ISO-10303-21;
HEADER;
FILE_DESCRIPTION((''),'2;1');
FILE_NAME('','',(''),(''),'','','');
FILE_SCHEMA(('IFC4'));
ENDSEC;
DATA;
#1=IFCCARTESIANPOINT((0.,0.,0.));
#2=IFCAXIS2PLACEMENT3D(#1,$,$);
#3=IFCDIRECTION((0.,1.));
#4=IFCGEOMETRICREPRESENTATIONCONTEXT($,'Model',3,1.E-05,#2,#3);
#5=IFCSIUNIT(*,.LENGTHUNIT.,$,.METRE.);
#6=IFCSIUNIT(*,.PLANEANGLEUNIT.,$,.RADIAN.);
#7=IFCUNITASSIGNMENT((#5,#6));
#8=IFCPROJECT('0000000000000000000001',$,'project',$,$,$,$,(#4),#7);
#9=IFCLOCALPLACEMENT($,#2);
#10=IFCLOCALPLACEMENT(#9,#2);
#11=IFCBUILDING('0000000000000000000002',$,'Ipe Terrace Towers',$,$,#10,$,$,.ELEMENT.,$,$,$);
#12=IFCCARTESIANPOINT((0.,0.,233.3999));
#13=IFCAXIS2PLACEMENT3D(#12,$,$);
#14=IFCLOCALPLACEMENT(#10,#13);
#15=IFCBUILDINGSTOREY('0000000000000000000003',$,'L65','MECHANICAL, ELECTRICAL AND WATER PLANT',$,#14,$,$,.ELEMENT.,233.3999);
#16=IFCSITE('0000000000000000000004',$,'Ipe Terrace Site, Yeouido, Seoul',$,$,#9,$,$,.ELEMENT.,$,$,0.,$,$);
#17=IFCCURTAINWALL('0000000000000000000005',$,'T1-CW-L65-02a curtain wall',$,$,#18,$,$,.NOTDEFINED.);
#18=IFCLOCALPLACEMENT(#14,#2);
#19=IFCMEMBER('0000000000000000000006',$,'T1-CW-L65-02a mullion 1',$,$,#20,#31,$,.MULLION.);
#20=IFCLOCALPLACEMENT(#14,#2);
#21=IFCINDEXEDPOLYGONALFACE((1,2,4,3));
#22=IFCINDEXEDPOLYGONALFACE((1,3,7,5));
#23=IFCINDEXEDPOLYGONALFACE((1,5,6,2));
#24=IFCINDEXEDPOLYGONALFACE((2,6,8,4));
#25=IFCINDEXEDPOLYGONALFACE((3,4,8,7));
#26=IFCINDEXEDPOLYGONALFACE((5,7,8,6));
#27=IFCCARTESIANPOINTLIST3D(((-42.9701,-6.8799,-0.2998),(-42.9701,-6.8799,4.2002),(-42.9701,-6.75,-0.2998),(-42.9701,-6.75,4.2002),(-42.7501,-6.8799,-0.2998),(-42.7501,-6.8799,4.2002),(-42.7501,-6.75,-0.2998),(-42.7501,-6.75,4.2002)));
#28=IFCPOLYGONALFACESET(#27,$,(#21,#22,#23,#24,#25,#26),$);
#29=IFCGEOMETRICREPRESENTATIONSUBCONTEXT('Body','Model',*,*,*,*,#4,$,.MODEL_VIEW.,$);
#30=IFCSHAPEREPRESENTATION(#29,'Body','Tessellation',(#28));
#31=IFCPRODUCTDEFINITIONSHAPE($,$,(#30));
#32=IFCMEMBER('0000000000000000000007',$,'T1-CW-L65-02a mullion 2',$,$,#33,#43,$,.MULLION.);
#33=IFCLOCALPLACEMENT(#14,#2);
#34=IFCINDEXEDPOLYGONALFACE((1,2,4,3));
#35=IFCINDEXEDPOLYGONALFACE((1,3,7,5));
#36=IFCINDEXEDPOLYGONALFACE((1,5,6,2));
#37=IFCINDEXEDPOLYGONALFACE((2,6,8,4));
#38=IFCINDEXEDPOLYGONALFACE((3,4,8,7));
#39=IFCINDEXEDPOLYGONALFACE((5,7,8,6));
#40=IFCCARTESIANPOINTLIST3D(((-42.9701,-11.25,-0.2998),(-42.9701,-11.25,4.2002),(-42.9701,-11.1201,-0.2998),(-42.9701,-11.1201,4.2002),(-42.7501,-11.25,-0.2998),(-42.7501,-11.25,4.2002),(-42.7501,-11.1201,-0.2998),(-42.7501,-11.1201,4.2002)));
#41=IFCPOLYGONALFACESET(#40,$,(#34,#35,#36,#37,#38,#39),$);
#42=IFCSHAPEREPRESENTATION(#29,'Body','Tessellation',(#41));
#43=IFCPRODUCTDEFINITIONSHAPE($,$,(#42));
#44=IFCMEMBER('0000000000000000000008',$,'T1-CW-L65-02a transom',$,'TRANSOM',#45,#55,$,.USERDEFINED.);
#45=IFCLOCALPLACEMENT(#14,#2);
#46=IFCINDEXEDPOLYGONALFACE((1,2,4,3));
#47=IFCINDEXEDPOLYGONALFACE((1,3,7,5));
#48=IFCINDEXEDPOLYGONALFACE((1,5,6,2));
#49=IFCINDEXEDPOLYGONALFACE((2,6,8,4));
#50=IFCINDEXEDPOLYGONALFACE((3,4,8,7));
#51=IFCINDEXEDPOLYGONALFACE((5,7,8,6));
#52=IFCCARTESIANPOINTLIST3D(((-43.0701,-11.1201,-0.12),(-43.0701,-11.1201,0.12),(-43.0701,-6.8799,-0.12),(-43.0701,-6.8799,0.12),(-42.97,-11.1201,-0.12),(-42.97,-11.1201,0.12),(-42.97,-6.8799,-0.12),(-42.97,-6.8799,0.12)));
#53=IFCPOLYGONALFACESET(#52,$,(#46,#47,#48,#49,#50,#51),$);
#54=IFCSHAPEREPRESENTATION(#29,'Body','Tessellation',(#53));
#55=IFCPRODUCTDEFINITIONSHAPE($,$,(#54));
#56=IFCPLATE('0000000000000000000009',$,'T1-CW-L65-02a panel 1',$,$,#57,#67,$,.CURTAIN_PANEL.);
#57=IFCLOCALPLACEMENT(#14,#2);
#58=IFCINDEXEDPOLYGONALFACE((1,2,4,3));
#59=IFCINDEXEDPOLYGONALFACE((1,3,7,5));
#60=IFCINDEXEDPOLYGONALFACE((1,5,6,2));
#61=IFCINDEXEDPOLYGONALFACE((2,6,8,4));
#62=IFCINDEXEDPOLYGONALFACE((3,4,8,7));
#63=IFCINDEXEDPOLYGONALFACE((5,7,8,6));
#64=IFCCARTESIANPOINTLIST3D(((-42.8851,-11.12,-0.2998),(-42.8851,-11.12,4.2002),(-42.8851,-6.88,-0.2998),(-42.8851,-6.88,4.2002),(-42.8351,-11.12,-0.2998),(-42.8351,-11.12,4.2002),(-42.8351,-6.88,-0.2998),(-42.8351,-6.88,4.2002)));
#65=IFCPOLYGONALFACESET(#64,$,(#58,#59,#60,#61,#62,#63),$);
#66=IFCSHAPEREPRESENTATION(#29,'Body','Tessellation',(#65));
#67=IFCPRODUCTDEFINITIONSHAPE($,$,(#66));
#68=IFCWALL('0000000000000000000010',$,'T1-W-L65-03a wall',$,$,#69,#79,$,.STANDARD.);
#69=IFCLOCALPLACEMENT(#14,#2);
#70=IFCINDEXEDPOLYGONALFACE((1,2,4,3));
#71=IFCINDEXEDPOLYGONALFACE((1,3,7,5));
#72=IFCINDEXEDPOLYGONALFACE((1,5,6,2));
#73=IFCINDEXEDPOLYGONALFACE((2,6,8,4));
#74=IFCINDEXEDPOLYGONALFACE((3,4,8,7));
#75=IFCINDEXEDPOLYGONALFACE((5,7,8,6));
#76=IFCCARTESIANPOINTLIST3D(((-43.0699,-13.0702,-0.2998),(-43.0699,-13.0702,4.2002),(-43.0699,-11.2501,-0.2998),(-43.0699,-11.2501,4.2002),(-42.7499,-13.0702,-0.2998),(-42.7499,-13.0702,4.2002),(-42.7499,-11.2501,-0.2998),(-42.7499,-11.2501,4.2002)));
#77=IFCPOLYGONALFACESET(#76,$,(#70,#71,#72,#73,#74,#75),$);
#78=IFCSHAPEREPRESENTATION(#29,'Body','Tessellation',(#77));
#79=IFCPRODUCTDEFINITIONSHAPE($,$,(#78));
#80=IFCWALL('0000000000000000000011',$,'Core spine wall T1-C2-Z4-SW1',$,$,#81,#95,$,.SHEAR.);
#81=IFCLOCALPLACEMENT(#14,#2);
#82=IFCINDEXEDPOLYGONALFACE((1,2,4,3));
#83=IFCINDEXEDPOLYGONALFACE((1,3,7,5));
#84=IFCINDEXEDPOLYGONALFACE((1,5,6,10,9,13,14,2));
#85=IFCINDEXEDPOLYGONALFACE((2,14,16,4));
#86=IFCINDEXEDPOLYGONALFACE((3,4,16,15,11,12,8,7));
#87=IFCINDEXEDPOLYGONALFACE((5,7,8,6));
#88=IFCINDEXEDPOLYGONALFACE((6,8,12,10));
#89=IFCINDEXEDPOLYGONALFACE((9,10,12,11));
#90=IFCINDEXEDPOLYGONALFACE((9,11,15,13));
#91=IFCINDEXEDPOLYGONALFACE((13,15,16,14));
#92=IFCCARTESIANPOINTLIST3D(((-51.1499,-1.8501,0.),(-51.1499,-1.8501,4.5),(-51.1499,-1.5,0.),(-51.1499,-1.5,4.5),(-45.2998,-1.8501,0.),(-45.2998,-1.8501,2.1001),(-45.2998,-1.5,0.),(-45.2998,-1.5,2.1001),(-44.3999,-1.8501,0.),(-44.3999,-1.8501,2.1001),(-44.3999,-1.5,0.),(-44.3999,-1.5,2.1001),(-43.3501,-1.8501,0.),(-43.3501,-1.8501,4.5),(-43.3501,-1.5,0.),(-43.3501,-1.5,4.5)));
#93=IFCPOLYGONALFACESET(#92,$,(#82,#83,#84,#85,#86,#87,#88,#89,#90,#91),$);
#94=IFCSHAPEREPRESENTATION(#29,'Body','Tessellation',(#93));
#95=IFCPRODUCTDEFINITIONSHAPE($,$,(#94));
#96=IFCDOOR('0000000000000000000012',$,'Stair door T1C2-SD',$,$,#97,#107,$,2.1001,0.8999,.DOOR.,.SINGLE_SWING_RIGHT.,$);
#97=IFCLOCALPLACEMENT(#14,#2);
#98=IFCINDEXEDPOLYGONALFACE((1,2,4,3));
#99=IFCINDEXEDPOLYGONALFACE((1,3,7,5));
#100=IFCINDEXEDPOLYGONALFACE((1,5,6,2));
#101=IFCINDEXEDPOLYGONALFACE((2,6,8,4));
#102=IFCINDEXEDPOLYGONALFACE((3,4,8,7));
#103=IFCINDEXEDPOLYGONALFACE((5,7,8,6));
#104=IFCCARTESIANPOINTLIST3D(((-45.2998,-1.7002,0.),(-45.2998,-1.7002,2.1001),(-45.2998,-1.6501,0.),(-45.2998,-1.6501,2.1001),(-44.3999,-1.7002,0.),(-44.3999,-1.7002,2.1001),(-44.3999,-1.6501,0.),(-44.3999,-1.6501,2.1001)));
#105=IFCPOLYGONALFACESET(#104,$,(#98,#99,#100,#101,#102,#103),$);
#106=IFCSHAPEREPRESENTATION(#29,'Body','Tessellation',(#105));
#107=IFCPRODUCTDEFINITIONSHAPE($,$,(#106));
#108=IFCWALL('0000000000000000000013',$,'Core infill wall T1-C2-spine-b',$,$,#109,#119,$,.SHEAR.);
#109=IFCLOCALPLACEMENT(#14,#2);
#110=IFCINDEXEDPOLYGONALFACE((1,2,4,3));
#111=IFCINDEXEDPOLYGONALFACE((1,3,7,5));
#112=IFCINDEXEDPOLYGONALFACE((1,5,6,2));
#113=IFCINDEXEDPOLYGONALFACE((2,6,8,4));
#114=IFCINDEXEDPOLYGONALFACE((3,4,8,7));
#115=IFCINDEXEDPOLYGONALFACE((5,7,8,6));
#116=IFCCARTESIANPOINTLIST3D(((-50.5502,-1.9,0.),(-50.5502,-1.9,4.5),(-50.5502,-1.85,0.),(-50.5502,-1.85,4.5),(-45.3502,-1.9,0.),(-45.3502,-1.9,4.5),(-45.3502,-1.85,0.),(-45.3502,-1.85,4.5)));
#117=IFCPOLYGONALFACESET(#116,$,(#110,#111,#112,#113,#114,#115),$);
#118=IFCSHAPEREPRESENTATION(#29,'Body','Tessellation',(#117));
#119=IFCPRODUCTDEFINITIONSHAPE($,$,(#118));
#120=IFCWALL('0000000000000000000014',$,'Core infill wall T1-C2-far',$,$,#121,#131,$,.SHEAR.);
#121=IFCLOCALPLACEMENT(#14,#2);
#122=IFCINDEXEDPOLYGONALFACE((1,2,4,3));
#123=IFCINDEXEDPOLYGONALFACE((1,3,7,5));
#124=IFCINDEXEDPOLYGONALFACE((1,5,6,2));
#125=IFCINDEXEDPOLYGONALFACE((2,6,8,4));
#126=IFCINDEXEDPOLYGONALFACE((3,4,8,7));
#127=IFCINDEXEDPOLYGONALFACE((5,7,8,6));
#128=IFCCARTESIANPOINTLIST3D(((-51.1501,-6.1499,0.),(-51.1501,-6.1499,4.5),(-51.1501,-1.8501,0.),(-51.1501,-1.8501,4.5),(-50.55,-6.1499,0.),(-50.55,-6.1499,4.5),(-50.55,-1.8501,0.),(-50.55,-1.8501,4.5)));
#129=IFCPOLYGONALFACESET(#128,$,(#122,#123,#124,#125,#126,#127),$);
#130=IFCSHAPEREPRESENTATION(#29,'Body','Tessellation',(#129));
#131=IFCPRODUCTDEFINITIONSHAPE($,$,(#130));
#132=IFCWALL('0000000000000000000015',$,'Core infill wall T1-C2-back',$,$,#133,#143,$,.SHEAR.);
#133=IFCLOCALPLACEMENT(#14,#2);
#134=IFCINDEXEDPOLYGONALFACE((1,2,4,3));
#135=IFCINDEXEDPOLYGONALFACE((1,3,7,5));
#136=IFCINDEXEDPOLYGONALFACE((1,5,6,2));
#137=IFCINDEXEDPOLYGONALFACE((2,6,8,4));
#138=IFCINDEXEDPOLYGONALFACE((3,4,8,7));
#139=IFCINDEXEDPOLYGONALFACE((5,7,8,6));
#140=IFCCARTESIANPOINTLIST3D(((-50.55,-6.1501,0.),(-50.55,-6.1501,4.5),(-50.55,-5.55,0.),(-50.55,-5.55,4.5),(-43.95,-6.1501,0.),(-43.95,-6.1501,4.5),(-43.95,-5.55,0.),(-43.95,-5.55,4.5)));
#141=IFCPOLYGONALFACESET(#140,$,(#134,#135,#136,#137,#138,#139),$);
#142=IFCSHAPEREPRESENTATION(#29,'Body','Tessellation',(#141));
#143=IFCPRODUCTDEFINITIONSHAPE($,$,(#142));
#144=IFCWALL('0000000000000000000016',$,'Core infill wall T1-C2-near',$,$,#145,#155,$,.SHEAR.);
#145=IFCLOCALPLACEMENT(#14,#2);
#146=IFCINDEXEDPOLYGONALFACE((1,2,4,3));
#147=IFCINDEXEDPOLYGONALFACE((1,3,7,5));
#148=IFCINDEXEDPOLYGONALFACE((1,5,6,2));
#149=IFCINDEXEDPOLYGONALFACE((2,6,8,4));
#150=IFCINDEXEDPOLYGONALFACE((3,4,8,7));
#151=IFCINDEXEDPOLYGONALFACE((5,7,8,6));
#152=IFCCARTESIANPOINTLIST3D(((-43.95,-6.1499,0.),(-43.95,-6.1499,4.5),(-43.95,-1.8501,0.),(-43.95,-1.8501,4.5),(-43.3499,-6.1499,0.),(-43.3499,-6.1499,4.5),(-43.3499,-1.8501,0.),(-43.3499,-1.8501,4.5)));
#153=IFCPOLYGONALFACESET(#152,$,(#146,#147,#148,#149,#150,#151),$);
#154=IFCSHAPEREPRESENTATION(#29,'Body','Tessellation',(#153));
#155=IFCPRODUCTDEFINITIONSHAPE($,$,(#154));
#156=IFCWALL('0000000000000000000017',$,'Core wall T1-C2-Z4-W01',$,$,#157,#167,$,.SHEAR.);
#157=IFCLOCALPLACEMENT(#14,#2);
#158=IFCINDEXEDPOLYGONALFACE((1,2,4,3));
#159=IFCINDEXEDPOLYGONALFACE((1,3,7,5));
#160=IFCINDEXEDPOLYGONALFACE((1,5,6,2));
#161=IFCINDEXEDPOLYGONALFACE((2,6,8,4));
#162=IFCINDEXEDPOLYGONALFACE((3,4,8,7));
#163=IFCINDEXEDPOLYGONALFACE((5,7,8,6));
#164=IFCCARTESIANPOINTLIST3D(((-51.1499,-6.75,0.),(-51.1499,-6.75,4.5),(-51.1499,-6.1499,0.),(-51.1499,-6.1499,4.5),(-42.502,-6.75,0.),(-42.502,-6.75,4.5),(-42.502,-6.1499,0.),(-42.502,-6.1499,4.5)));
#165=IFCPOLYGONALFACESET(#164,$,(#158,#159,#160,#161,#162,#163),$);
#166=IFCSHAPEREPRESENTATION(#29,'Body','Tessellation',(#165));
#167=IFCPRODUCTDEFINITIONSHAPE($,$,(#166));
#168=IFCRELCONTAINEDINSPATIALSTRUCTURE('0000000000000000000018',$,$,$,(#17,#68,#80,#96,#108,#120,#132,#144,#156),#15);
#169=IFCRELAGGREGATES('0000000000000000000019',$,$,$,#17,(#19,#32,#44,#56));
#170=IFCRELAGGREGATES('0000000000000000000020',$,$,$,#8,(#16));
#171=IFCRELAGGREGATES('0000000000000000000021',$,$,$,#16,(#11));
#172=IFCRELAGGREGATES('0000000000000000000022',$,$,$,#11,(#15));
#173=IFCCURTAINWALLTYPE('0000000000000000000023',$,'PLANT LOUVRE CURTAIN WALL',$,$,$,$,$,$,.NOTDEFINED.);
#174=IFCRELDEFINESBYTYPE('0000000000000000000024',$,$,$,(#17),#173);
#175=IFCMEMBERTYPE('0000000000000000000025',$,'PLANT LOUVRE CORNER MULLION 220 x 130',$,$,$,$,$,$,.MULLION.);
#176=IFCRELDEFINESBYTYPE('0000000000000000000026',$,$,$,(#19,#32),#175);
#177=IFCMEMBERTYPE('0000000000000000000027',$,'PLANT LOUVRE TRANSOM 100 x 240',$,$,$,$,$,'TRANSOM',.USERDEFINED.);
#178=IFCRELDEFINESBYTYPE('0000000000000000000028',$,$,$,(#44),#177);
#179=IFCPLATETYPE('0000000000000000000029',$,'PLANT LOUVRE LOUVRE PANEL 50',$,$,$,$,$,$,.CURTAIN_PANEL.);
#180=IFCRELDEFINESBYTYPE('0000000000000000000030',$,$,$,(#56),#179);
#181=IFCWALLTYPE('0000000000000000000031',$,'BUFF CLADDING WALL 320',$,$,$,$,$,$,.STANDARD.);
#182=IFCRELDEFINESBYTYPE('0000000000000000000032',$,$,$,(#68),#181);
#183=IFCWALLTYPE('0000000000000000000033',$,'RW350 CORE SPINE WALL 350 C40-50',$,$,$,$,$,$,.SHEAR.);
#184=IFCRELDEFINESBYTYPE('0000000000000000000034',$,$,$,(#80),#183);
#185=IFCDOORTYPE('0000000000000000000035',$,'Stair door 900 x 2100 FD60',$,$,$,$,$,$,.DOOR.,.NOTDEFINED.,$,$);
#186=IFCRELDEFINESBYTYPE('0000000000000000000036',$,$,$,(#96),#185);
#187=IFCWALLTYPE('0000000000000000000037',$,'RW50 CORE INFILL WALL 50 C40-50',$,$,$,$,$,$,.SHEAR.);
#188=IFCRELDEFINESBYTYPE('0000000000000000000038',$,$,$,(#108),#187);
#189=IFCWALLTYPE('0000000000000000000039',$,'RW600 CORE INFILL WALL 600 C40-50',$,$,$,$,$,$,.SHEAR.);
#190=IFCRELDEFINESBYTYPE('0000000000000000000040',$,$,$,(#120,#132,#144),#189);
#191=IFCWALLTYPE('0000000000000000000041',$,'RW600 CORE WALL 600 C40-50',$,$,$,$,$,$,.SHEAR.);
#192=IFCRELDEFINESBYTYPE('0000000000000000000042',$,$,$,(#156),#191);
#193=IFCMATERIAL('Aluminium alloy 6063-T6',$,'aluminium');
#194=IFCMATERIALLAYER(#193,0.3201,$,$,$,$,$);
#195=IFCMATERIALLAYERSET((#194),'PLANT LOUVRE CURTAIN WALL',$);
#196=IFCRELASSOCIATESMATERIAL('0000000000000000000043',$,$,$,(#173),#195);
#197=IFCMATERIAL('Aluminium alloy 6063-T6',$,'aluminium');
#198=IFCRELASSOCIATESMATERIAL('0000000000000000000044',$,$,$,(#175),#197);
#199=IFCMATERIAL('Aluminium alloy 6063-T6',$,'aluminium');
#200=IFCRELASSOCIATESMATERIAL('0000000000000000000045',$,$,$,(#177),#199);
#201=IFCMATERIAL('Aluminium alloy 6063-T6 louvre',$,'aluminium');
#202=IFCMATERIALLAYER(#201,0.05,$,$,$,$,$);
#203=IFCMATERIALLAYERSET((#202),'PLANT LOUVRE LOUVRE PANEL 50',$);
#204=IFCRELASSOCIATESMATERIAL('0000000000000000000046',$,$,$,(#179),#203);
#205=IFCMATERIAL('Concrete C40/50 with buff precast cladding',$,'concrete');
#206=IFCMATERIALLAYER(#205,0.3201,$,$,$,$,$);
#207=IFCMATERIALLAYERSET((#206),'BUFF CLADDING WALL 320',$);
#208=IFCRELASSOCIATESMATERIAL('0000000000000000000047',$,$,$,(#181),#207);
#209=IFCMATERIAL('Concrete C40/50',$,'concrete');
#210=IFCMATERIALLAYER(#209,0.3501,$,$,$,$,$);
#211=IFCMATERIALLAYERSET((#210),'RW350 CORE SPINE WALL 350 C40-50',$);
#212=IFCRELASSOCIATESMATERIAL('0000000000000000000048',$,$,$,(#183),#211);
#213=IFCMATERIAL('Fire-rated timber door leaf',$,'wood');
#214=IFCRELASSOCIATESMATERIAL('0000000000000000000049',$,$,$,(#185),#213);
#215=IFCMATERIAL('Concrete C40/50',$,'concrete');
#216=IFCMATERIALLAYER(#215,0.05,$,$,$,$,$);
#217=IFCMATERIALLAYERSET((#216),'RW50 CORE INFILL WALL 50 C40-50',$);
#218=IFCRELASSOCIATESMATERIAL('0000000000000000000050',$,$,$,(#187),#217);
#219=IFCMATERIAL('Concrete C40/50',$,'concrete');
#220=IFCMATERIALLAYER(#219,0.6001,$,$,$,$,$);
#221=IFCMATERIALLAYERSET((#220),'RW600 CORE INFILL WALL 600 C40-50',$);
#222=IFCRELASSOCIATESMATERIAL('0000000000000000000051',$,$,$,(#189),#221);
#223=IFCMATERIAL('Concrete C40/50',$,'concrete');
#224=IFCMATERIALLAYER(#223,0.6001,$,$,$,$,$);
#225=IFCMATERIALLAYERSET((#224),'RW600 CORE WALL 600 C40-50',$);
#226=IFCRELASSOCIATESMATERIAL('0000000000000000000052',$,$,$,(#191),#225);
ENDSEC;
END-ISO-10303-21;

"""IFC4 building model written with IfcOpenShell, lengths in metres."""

from ifc_helpers import new_model, si_unit, direction, frame, frame_2d, origin, origin_2d, place, context, subcontext, project, spatial, rectangle, extrude, material, layer, layer_set, material_profile, profile_set, type_object, element, fill, aggregate, save


model = new_model("IFC4")

# Units and contexts
model_context = context("Model", 3, precision=1e-05, world=origin(), true_north=direction((0.0, 1.0)))
body_context = subcontext(model_context, "Body", "Model", "MODEL_VIEW")
ifc_project = project(units=[si_unit("LENGTHUNIT", "METRE"), si_unit("PLANEANGLEUNIT", "RADIAN")], contexts=[model_context])

# Site, building, storey
site_placement = place(None, origin())
site = spatial("IfcSite", under=ifc_project, at=site_placement, Name="Ipe Terrace Site, Yeouido, Seoul", CompositionType="ELEMENT", RefElevation=0.0)
building_placement = place(site_placement, origin())
building = spatial("IfcBuilding", under=site, at=building_placement, Name="Ipe Terrace Towers", CompositionType="ELEMENT")
storey_placement = place(building_placement, frame((0.0, 0.0, 233.3999)))
storey = spatial("IfcBuildingStorey", under=building, at=storey_placement, Name="L65", Description="MECHANICAL, ELECTRICAL AND WATER PLANT", CompositionType="ELEMENT", Elevation=233.3999)

# Curtain wall, members, plate
ifc_material_1 = material(Name="Aluminium alloy 6063-T6", Category="aluminium")
ifc_layer_1 = layer(ifc_material_1, 0.3201)
ifc_layer_set_1 = layer_set([ifc_layer_1], Name="PLANT LOUVRE CURTAIN WALL")
curtain_wall_type = type_object("IfcCurtainWallType", Name="PLANT LOUVRE CURTAIN WALL", PredefinedType="NOTDEFINED", material=ifc_layer_set_1)
curtain_wall_placement = place(storey_placement, origin())
curtain_wall = element("IfcCurtainWall", 1, at=curtain_wall_placement, inside=storey, type_object=curtain_wall_type, Name="T1-CW-L65-02a curtain wall", PredefinedType="NOTDEFINED")
ifc_material_2 = material(Name="Aluminium alloy 6063-T6", Category="aluminium")
ifc_material_profile_1 = material_profile(ifc_material_2, rectangle(XDim=0.22, YDim=0.1299, at=origin_2d()), Name="PLANT LOUVRE CORNER MULLION 220 x 130")
ifc_profile_set_1 = profile_set([ifc_material_profile_1], Name="Aluminium alloy 6063-T6")
member_type_1 = type_object("IfcMemberType", Name="PLANT LOUVRE CORNER MULLION 220 x 130", PredefinedType="MULLION", material=ifc_profile_set_1)
member_1_placement = place(storey_placement, frame((-42.8601, -6.8149, -0.2998), z_axis=(0.0, 0.0, 1.0), x_axis=(-1.0, 0.0, 0.0)))
member_1 = element("IfcMember", 2, at=member_1_placement, type_object=member_type_1, Name="T1-CW-L65-02a mullion 1", PredefinedType="MULLION", context=body_context, shape_type="SweptSolid", body=[
    extrude(rectangle(XDim=0.22, YDim=0.1299, at=origin_2d()), origin(), (0.0, 0.0, 1.0), 4.5),
])
member_2_placement = place(storey_placement, frame((-42.8601, -11.1851, -0.2998), z_axis=(0.0, 0.0, 1.0), x_axis=(-1.0, 0.0, 0.0)))
member_2 = element("IfcMember", 3, at=member_2_placement, type_object=member_type_1, Name="T1-CW-L65-02a mullion 2", PredefinedType="MULLION", context=body_context, shape_type="SweptSolid", body=[
    extrude(rectangle(XDim=0.22, YDim=0.1299, at=origin_2d()), origin(), (0.0, 0.0, 1.0), 4.5),
])
ifc_material_3 = material(Name="Aluminium alloy 6063-T6", Category="aluminium")
ifc_material_profile_2 = material_profile(ifc_material_3, rectangle(XDim=0.1001, YDim=0.24, at=origin_2d()), Name="PLANT LOUVRE TRANSOM 100 x 240")
ifc_profile_set_2 = profile_set([ifc_material_profile_2], Name="Aluminium alloy 6063-T6")
member_type_2 = type_object("IfcMemberType", Name="PLANT LOUVRE TRANSOM 100 x 240", ElementType="TRANSOM", PredefinedType="USERDEFINED", material=ifc_profile_set_2)
member_3_placement = place(storey_placement, frame((-43.02, -6.8799, 0.0), z_axis=(0.0, -1.0, 0.0), x_axis=(-1.0, 0.0, 0.0)))
member_3 = element("IfcMember", 4, at=member_3_placement, type_object=member_type_2, Name="T1-CW-L65-02a transom", ObjectType="TRANSOM", PredefinedType="USERDEFINED", context=body_context, shape_type="SweptSolid", body=[
    extrude(rectangle(XDim=0.1001, YDim=0.24, at=origin_2d()), origin(), (0.0, 0.0, 1.0), 4.2402),
])
ifc_material_4 = material(Name="Aluminium alloy 6063-T6 louvre", Category="aluminium")
ifc_layer_2 = layer(ifc_material_4, 0.05)
ifc_layer_set_2 = layer_set([ifc_layer_2], Name="PLANT LOUVRE LOUVRE PANEL 50")
plate_type = type_object("IfcPlateType", Name="PLANT LOUVRE LOUVRE PANEL 50", PredefinedType="CURTAIN_PANEL", material=ifc_layer_set_2)
plate_placement = place(storey_placement, frame((-42.8601, -9.0, -0.2998), z_axis=(0.0, 0.0, 1.0), x_axis=(0.0, -1.0, 0.0)))
plate = element("IfcPlate", 5, at=plate_placement, type_object=plate_type, Name="T1-CW-L65-02a panel 1", PredefinedType="CURTAIN_PANEL", context=body_context, shape_type="SweptSolid", body=[
    extrude(rectangle(XDim=4.24, YDim=0.05, at=origin_2d()), origin(), (0.0, 0.0, 1.0), 4.5),
])
aggregate(curtain_wall, [member_1, member_2, member_3, plate])

# Wall
ifc_material_5 = material(Name="Concrete C40/50 with buff precast cladding", Category="concrete")
ifc_layer_3 = layer(ifc_material_5, 0.3201)
ifc_layer_set_3 = layer_set([ifc_layer_3], Name="BUFF CLADDING WALL 320")
wall_type_1 = type_object("IfcWallType", Name="BUFF CLADDING WALL 320", PredefinedType="STANDARD", material=ifc_layer_set_3)
wall_1_placement = place(storey_placement, frame((-42.9099, -11.25, -0.2998), z_axis=(0.0, 0.0, 1.0), x_axis=(0.0, -1.0, 0.0)))
element("IfcWall", 6, at=wall_1_placement, inside=storey, type_object=wall_type_1, Name="T1-W-L65-03a wall", PredefinedType="STANDARD", context=body_context, shape_type="SweptSolid", body=[
    extrude(rectangle(XDim=1.8201, YDim=0.3201, at=frame_2d((0.9102, 0.0))), origin(), (0.0, 0.0, 1.0), 4.5),
])

# Wall, opening, door
ifc_material_6 = material(Name="Concrete C40/50", Category="concrete")
ifc_layer_4 = layer(ifc_material_6, 0.3501)
ifc_layer_set_4 = layer_set([ifc_layer_4], Name="RW350 CORE SPINE WALL 350 C40-50")
wall_type_2 = type_object("IfcWallType", Name="RW350 CORE SPINE WALL 350 C40-50", PredefinedType="SHEAR", material=ifc_layer_set_4)
wall_2_placement = place(storey_placement, frame((-51.1499, -1.675, 0.0), z_axis=(0.0, 0.0, 1.0), x_axis=(1.0, 0.0, 0.0)))
wall_2 = element("IfcWall", 7, at=wall_2_placement, inside=storey, type_object=wall_type_2, Name="Core spine wall T1-C2-Z4-SW1", PredefinedType="SHEAR", context=body_context, shape_type="SweptSolid", body=[
    extrude(rectangle(XDim=7.7998, YDim=0.3501, at=frame_2d((3.8999, 0.0))), origin(), (0.0, 0.0, 1.0), 4.5),
])
opening_1_placement = place(wall_2_placement, frame((5.8501, 0.0, 0.0)))
opening_1 = element("IfcOpeningElement", 8, at=opening_1_placement, cuts=wall_2, PredefinedType="OPENING", context=body_context, shape_type="SweptSolid", body=[
    extrude(rectangle(XDim=0.8999, YDim=2.1001, at=frame_2d((0.45, 1.05))), frame((0.0, 0.1851, 0.0), z_axis=(0.0, -1.0, 0.0), x_axis=(1.0, 0.0, 0.0)), (0.0, 0.0, 1.0), 0.3701),
])
ifc_material_7 = material(Name="Fire-rated timber door leaf", Category="wood")
door_type_1 = type_object("IfcDoorType", Name="Stair door 900 x 2100 FD60", OperationType="NOTDEFINED", PredefinedType="DOOR", material=ifc_material_7)
door_1_placement = place(opening_1_placement, origin())
door_1 = element("IfcDoor", 9, at=door_1_placement, inside=storey, type_object=door_type_1, Name="Stair door T1C2-SD", OperationType="SINGLE_SWING_RIGHT", OverallHeight=2.1001, OverallWidth=0.8999, PredefinedType="DOOR", context=body_context, shape_type="SweptSolid", body=[
    extrude(rectangle(XDim=0.8999, YDim=2.1001, at=frame_2d((0.45, 1.05))), frame((0.0, 0.0249, 0.0), z_axis=(0.0, -1.0, 0.0), x_axis=(1.0, 0.0, 0.0)), (0.0, 0.0, 1.0), 0.05),
])
fill(opening_1, door_1)

# Walls
ifc_material_8 = material(Name="Concrete C40/50", Category="concrete")
ifc_layer_5 = layer(ifc_material_8, 0.05)
ifc_layer_set_5 = layer_set([ifc_layer_5], Name="RW50 CORE INFILL WALL 50 C40-50")
wall_type_3 = type_object("IfcWallType", Name="RW50 CORE INFILL WALL 50 C40-50", PredefinedType="SHEAR", material=ifc_layer_set_5)
wall_3_placement = place(storey_placement, frame((-45.3501, -1.875, 0.0), z_axis=(0.0, 0.0, 1.0), x_axis=(-1.0, 0.0, 0.0)))
element("IfcWall", 10, at=wall_3_placement, inside=storey, type_object=wall_type_3, Name="Core infill wall T1-C2-spine-b", PredefinedType="SHEAR", context=body_context, shape_type="SweptSolid", body=[
    extrude(rectangle(XDim=5.2, YDim=0.05, at=frame_2d((2.6001, 0.0))), origin(), (0.0, 0.0, 1.0), 4.5),
])
ifc_material_9 = material(Name="Concrete C40/50", Category="concrete")
ifc_layer_6 = layer(ifc_material_9, 0.6001)
ifc_layer_set_6 = layer_set([ifc_layer_6], Name="RW600 CORE INFILL WALL 600 C40-50")
wall_type_4 = type_object("IfcWallType", Name="RW600 CORE INFILL WALL 600 C40-50", PredefinedType="SHEAR", material=ifc_layer_set_6)
wall_4_placement = place(storey_placement, frame((-50.8501, -1.8501, 0.0), z_axis=(0.0, 0.0, 1.0), x_axis=(0.0, -1.0, 0.0)))
element("IfcWall", 11, at=wall_4_placement, inside=storey, type_object=wall_type_4, Name="Core infill wall T1-C2-far", PredefinedType="SHEAR", context=body_context, shape_type="SweptSolid", body=[
    extrude(rectangle(XDim=4.2998, YDim=0.6001, at=frame_2d((2.1499, 0.0))), origin(), (0.0, 0.0, 1.0), 4.5),
])
wall_5_placement = place(storey_placement, frame((-43.95, -5.8501, 0.0), z_axis=(0.0, 0.0, 1.0), x_axis=(-1.0, 0.0, 0.0)))
element("IfcWall", 12, at=wall_5_placement, inside=storey, type_object=wall_type_4, Name="Core infill wall T1-C2-back", PredefinedType="SHEAR", context=body_context, shape_type="SweptSolid", body=[
    extrude(rectangle(XDim=6.6001, YDim=0.6001, at=frame_2d((3.3, 0.0))), origin(), (0.0, 0.0, 1.0), 4.5),
])
wall_6_placement = place(storey_placement, frame((-43.6499, -1.8501, 0.0), z_axis=(0.0, 0.0, 1.0), x_axis=(0.0, -1.0, 0.0)))
element("IfcWall", 13, at=wall_6_placement, inside=storey, type_object=wall_type_4, Name="Core infill wall T1-C2-near", PredefinedType="SHEAR", context=body_context, shape_type="SweptSolid", body=[
    extrude(rectangle(XDim=4.2998, YDim=0.6001, at=frame_2d((2.1499, 0.0))), origin(), (0.0, 0.0, 1.0), 4.5),
])
ifc_material_10 = material(Name="Concrete C40/50", Category="concrete")
ifc_layer_7 = layer(ifc_material_10, 0.6001)
ifc_layer_set_7 = layer_set([ifc_layer_7], Name="RW600 CORE WALL 600 C40-50")
wall_type_5 = type_object("IfcWallType", Name="RW600 CORE WALL 600 C40-50", PredefinedType="SHEAR", material=ifc_layer_set_7)
wall_7_placement = place(storey_placement, frame((-51.1499, -6.45, 0.0), z_axis=(0.0, 0.0, 1.0), x_axis=(1.0, 0.0, 0.0)))
element("IfcWall", 14, at=wall_7_placement, inside=storey, type_object=wall_type_5, Name="Core wall T1-C2-Z4-W01", PredefinedType="SHEAR", context=body_context, shape_type="SweptSolid", body=[
    extrude(rectangle(XDim=8.6479, YDim=0.6001, at=frame_2d((4.324, 0.0))), origin(), (0.0, 0.0, 1.0), 4.5),
])

save(model, "model.ifc")
